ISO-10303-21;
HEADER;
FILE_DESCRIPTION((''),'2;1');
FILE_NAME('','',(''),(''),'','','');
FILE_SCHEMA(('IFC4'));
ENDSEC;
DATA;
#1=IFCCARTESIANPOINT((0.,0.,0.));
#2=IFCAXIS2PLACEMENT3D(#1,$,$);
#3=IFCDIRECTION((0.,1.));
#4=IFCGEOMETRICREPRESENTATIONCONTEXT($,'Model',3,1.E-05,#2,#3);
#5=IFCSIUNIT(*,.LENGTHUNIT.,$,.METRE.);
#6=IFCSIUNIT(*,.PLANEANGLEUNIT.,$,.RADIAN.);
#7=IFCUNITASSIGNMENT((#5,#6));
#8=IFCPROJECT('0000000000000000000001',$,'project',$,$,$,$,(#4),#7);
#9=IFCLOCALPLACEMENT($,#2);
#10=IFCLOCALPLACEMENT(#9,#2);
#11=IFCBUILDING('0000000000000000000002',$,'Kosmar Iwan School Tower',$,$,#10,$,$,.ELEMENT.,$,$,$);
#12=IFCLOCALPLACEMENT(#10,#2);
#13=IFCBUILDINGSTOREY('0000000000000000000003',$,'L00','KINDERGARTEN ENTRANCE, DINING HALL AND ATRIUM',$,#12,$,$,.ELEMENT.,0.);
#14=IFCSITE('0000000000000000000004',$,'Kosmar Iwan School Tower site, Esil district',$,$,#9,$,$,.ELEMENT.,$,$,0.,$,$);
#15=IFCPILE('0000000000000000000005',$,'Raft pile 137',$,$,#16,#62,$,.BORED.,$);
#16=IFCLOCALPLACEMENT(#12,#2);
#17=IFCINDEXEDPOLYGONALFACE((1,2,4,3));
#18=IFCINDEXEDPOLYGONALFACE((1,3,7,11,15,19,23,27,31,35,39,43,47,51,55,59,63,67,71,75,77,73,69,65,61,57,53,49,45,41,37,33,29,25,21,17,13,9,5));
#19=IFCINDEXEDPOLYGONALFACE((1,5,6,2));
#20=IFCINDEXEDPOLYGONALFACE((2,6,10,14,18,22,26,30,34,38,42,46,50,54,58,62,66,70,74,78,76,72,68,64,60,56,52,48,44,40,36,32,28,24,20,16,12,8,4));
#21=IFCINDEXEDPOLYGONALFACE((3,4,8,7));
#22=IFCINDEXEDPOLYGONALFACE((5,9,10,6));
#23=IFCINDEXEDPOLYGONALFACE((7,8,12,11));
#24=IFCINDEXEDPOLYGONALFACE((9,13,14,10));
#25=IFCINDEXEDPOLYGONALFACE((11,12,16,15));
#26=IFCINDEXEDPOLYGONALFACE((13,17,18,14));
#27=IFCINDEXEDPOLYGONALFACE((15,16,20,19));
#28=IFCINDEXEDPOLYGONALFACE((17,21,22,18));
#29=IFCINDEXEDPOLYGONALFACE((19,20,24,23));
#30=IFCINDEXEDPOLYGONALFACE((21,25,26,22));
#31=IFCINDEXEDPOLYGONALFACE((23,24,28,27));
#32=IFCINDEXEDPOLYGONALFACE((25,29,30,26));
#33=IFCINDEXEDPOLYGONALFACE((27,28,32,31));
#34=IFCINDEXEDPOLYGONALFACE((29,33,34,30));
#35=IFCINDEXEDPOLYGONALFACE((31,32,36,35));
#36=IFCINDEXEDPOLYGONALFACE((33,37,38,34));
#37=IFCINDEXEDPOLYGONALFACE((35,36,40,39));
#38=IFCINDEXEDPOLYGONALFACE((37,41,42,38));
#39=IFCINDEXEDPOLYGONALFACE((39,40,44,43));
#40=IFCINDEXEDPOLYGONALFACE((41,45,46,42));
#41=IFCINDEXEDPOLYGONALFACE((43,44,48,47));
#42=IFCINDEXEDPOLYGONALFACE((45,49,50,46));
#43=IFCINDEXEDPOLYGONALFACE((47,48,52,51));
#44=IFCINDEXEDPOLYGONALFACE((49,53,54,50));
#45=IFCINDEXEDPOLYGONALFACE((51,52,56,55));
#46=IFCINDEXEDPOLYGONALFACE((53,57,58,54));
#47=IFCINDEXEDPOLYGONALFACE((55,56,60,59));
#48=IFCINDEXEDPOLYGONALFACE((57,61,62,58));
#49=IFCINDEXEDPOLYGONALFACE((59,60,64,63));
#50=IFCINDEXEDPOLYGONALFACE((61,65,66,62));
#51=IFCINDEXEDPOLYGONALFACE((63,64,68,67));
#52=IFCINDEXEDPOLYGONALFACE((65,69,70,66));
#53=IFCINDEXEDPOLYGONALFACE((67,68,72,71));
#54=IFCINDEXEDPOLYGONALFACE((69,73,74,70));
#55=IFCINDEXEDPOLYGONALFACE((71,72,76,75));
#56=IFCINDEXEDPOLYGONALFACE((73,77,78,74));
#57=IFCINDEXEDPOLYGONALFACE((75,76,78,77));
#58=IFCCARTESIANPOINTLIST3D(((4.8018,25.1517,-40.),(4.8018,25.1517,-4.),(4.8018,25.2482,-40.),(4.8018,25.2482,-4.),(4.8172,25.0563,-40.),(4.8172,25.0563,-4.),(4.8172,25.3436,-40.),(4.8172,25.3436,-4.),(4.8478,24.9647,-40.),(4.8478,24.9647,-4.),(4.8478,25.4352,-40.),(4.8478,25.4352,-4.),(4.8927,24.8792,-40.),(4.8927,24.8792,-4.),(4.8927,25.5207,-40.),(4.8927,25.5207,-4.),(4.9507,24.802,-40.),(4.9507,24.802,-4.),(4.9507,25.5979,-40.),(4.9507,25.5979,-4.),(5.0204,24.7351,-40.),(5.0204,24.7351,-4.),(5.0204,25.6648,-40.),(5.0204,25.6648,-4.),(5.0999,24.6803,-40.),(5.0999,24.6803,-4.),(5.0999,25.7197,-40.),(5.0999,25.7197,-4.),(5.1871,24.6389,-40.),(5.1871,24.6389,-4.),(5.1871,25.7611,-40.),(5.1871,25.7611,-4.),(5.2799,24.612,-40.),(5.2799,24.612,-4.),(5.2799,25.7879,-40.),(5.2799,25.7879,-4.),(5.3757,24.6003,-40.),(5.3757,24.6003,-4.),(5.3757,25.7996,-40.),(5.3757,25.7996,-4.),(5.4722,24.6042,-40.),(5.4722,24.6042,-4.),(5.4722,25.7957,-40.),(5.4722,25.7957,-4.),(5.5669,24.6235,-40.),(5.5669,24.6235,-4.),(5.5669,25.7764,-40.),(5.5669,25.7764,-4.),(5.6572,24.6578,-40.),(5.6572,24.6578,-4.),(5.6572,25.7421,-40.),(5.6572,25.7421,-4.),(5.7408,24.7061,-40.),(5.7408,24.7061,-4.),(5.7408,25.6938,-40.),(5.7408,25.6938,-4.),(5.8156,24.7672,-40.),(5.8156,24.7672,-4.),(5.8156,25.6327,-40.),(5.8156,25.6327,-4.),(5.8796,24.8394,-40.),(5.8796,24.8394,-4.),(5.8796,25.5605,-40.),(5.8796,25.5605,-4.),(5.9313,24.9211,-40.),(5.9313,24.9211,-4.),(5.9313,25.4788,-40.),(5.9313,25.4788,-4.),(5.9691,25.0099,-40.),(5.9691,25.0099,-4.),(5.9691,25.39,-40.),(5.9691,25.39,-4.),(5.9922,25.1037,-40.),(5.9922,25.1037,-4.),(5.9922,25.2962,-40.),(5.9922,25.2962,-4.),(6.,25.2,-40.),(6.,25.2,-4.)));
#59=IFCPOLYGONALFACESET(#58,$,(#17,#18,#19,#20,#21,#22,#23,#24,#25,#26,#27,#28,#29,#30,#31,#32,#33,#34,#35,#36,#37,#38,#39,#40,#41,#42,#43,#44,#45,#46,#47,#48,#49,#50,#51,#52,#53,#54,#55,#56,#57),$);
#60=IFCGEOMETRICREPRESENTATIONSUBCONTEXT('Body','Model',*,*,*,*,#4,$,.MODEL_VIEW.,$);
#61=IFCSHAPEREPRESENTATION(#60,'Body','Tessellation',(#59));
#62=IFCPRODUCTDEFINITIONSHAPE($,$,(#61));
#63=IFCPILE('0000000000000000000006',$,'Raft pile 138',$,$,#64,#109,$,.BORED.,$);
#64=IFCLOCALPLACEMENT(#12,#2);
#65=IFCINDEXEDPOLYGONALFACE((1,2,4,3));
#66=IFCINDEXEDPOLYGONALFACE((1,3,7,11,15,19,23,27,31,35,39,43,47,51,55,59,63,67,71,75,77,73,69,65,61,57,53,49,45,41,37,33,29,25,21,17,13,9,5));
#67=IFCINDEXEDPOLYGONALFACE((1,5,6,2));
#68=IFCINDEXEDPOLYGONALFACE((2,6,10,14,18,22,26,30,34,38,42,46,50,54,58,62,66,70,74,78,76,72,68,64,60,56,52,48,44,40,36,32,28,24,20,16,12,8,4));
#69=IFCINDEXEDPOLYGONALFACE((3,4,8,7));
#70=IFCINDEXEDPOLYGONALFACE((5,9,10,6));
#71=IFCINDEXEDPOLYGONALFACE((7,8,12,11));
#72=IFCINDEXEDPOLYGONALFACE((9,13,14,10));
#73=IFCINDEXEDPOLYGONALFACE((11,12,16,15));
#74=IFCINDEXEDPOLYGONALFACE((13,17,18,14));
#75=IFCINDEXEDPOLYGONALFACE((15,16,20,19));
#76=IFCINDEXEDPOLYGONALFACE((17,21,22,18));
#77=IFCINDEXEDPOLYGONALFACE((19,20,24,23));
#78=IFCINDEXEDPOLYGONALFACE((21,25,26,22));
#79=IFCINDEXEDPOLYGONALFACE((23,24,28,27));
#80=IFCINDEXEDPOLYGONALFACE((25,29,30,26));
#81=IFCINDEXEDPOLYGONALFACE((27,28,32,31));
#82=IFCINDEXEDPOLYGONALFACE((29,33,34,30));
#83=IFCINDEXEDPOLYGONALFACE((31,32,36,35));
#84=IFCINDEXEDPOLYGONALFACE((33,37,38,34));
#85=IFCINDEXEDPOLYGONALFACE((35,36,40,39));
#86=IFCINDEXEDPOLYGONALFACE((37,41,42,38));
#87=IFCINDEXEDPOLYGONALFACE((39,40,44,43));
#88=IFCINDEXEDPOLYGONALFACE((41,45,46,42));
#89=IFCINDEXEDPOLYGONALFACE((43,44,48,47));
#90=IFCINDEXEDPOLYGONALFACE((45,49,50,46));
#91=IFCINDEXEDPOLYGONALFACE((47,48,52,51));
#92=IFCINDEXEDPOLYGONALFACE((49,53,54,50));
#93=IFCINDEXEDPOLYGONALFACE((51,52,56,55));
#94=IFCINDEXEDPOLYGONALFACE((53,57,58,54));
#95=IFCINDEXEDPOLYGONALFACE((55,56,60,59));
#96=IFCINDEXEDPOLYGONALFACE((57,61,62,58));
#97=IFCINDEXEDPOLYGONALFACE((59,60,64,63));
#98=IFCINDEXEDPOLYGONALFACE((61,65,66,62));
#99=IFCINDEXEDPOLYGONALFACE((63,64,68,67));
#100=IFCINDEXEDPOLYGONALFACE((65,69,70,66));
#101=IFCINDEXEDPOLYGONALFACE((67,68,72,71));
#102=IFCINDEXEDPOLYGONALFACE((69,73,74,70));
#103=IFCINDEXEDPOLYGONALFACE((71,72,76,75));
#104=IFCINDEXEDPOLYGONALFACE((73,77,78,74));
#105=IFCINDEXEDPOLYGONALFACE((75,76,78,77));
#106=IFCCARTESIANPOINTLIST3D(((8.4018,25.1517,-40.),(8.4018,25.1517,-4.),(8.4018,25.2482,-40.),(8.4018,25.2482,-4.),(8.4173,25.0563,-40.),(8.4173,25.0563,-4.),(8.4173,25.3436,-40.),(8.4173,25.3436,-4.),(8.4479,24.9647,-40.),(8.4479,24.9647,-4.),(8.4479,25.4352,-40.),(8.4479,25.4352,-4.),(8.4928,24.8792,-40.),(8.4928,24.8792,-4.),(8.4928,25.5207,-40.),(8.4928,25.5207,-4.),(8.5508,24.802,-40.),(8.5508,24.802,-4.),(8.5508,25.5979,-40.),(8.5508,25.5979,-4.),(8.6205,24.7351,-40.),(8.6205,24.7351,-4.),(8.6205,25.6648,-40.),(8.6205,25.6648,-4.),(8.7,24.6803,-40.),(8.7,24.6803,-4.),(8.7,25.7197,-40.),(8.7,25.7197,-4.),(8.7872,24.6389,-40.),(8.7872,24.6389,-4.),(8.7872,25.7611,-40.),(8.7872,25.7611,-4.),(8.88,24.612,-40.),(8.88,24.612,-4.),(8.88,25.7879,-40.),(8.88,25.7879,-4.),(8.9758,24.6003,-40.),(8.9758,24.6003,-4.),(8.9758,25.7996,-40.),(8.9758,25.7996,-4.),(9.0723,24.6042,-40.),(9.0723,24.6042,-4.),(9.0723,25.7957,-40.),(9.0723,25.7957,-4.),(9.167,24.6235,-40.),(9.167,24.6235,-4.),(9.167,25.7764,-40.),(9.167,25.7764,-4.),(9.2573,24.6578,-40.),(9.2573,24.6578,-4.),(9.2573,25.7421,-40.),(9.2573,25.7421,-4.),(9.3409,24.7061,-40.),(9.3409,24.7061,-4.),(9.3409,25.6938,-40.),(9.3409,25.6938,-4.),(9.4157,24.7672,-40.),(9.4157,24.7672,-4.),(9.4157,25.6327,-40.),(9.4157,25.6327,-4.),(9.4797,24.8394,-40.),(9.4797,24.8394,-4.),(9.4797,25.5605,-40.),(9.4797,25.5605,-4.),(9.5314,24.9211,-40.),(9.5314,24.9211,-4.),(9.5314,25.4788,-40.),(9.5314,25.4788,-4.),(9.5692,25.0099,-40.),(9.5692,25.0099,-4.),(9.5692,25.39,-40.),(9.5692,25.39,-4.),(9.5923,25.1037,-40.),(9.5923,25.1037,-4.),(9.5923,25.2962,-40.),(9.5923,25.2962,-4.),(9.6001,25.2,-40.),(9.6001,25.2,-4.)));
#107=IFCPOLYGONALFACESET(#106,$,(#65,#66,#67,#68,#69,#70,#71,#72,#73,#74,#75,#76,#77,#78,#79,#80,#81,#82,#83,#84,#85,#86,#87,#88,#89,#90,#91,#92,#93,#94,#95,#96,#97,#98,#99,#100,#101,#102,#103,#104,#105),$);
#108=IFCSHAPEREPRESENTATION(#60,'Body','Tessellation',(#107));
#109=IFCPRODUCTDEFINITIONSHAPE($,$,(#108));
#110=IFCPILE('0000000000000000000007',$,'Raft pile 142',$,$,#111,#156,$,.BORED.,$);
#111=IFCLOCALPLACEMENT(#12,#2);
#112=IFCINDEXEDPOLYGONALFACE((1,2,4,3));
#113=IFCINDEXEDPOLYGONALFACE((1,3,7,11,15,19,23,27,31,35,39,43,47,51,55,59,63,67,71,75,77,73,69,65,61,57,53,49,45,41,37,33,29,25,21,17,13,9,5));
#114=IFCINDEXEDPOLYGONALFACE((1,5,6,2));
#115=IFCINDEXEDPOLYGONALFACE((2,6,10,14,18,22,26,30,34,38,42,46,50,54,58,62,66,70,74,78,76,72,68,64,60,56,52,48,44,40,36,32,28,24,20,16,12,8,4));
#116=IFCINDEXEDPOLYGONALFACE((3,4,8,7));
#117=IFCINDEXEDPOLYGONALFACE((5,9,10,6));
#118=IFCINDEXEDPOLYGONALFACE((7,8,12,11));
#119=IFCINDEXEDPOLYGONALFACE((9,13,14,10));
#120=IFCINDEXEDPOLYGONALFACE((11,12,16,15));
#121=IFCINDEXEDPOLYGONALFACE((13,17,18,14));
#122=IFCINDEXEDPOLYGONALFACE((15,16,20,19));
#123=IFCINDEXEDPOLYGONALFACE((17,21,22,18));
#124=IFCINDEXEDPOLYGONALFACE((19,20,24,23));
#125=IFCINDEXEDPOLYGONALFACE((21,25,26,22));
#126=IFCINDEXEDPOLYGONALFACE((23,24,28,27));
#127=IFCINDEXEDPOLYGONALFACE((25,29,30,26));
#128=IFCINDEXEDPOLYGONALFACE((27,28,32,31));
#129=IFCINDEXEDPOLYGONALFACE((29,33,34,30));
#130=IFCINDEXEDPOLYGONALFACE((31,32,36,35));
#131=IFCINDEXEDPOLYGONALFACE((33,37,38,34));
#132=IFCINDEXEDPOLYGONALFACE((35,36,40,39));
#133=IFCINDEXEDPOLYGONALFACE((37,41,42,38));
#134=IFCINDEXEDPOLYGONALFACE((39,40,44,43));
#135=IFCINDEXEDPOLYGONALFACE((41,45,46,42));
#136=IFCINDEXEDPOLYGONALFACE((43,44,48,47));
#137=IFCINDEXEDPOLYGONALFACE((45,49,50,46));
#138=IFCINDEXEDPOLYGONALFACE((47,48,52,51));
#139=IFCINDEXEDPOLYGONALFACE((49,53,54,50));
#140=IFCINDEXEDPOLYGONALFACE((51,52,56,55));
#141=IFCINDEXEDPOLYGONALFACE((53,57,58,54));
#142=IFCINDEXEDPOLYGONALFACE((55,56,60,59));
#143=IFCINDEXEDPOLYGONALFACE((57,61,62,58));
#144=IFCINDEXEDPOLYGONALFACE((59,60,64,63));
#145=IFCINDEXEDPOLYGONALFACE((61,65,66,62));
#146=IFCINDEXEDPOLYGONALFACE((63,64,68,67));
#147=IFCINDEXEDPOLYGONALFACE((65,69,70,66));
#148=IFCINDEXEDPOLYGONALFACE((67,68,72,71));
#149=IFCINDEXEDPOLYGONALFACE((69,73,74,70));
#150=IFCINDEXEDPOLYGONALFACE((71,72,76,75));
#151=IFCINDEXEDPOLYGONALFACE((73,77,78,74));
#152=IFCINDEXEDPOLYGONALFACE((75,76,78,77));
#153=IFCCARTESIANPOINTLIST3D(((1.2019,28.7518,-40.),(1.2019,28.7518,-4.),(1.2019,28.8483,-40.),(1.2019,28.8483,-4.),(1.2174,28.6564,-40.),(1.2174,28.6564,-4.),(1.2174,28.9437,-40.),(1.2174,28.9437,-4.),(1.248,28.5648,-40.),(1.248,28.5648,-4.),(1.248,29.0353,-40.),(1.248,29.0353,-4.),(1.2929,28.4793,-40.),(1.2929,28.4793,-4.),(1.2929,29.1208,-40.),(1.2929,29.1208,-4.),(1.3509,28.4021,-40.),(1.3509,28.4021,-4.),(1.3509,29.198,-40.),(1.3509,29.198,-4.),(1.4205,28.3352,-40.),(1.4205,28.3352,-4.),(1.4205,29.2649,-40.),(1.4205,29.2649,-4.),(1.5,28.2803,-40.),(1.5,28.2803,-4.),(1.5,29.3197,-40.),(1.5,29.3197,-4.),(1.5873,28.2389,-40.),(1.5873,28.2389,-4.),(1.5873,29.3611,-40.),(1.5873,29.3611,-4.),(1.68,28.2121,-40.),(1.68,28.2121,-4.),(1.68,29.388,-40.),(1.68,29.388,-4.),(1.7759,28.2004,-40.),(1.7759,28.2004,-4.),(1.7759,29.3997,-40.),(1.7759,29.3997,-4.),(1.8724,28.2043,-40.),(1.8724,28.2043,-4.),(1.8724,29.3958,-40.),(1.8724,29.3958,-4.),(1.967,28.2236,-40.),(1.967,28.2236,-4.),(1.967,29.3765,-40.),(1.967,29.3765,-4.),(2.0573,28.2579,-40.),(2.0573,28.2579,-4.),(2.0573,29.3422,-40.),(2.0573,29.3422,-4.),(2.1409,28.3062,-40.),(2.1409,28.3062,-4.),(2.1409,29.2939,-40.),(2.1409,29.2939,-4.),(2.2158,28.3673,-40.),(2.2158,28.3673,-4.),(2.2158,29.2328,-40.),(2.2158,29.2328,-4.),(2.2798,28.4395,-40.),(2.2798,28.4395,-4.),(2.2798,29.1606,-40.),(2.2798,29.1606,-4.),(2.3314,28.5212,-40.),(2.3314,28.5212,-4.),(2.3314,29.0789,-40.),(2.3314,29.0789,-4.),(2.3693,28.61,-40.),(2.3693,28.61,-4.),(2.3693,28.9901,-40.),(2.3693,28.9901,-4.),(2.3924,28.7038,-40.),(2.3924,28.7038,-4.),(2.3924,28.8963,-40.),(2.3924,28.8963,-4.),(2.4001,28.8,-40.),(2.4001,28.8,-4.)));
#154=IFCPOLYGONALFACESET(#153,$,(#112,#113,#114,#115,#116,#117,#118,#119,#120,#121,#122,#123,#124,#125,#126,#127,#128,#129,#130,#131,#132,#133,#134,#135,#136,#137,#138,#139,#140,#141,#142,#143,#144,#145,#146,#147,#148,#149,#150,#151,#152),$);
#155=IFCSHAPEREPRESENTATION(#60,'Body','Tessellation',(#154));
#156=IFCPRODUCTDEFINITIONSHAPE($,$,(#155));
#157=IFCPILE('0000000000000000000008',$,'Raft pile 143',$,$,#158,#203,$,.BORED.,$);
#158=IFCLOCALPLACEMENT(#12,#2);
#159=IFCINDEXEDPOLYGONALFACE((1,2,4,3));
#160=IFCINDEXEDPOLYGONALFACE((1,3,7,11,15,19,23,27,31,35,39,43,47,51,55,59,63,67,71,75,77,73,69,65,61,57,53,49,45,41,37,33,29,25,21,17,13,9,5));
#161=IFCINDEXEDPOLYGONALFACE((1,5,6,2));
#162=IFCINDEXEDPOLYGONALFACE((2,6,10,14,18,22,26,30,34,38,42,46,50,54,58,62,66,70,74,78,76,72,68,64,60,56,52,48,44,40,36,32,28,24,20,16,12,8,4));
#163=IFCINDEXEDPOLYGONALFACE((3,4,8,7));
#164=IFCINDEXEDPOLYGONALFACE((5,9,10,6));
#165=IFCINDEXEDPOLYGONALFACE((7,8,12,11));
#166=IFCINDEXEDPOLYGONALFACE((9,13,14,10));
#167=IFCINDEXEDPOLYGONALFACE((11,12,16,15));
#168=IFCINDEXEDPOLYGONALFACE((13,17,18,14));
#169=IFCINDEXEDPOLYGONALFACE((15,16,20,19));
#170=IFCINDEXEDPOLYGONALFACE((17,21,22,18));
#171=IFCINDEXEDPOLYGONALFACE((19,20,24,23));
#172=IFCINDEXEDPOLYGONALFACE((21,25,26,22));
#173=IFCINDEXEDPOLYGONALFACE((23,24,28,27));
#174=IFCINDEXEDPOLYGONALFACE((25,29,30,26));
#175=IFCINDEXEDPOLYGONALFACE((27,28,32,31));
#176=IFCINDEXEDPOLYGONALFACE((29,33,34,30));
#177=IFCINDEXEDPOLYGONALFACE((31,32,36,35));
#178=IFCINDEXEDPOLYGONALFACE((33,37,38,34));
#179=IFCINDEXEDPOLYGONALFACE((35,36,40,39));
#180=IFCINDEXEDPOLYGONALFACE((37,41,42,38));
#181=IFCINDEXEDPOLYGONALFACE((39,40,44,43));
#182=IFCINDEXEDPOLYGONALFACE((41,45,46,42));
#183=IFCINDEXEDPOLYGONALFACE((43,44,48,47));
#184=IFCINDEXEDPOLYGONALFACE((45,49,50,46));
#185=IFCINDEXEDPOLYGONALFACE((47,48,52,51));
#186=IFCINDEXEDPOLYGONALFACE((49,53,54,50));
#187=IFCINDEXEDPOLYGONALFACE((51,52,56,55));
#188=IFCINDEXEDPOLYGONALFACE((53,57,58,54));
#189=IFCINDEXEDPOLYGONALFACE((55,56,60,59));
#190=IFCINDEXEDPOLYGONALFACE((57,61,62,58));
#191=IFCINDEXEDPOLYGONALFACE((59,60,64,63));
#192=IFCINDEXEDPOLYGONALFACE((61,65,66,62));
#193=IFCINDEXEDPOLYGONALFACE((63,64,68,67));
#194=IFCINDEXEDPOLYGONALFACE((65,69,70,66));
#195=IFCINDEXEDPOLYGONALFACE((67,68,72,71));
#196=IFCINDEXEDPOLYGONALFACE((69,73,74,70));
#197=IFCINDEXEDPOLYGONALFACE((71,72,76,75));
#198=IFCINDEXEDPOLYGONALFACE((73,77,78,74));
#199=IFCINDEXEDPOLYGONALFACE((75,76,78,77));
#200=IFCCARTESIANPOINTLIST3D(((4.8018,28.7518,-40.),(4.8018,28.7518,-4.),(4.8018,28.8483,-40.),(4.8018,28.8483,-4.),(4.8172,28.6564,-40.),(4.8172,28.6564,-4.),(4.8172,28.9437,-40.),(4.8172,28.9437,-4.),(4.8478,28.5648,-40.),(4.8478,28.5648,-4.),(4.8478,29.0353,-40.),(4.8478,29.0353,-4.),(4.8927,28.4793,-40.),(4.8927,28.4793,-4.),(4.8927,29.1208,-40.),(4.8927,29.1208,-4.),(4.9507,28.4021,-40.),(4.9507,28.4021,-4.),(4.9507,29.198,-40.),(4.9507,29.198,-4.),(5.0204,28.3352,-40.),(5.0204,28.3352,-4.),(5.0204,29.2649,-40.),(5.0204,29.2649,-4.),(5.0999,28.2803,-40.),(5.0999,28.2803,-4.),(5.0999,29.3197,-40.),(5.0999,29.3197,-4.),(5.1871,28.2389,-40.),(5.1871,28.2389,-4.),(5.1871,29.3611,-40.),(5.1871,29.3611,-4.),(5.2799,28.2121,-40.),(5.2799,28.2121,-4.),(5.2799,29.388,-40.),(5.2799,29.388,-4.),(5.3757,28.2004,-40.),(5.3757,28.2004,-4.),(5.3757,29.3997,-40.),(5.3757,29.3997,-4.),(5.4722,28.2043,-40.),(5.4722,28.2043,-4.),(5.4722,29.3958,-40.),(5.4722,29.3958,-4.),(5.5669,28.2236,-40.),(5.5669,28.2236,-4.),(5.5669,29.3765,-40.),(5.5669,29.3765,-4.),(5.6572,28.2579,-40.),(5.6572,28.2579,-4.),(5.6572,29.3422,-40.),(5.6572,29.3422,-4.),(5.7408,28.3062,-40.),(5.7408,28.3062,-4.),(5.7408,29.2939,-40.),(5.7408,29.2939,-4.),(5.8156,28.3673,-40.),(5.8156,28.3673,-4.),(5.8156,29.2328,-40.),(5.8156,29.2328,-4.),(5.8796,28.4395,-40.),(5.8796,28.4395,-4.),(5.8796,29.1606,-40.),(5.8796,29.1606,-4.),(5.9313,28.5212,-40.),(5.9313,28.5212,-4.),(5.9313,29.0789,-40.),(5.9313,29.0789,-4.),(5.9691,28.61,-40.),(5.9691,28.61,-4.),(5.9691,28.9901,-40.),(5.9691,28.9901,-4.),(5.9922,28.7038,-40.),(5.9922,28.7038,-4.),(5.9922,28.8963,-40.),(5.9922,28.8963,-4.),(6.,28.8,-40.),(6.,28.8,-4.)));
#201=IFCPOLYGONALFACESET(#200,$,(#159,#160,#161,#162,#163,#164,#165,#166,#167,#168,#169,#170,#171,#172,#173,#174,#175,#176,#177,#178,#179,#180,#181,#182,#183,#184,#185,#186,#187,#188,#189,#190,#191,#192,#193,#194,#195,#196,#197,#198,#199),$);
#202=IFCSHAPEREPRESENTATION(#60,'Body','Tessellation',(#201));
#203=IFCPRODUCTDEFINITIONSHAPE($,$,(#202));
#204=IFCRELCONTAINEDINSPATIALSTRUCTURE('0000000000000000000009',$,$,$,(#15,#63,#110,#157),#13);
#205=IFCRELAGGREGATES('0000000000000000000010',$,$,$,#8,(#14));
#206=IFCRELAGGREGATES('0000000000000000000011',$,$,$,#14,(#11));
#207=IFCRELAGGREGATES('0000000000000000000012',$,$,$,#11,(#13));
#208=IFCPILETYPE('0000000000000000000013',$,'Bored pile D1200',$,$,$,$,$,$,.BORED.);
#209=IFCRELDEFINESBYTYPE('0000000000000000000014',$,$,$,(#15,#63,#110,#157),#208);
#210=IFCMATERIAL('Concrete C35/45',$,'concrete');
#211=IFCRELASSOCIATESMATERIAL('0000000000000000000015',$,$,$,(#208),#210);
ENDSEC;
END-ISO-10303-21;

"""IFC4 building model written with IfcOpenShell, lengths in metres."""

from ifc_helpers import new_model, si_unit, direction, frame, origin, origin_2d, place, context, subcontext, project, spatial, circle, extrude, material, material_profile, profile_set, type_object, element, save


model = new_model("IFC4")

# Units and contexts
model_context = context("Model", 3, precision=1e-05, world=origin(), true_north=direction((0.0, 1.0)))
body_context = subcontext(model_context, "Body", "Model", "MODEL_VIEW")
ifc_project = project(units=[si_unit("LENGTHUNIT", "METRE"), si_unit("PLANEANGLEUNIT", "RADIAN")], contexts=[model_context])

# Site, building, storey
site_placement = place(None, origin())
site = spatial("IfcSite", under=ifc_project, at=site_placement, Name="Kosmar Iwan School Tower site, Esil district", CompositionType="ELEMENT", RefElevation=0.0)
building_placement = place(site_placement, origin())
building = spatial("IfcBuilding", under=site, at=building_placement, Name="Kosmar Iwan School Tower", CompositionType="ELEMENT")
storey_placement = place(building_placement, origin())
storey = spatial("IfcBuildingStorey", under=building, at=storey_placement, Name="L00", Description="KINDERGARTEN ENTRANCE, DINING HALL AND ATRIUM", CompositionType="ELEMENT", Elevation=0.0)

# Piles
ifc_material_1 = material(Name="Concrete C35/45", Category="concrete")
ifc_material_profile_1 = material_profile(ifc_material_1, circle(Radius=0.6001, at=origin_2d()), Name="D1200")
ifc_profile_set_1 = profile_set([ifc_material_profile_1], Name="Concrete C35/45")
pile_type = type_object("IfcPileType", Name="Bored pile D1200", PredefinedType="BORED", material=ifc_profile_set_1)
for number, where, z_axis, x_axis, name in (
    (1, (5.3999, 25.2, -4.0), (0.0, 0.0, -1.0), (1.0, 0.0, 0.0), "Raft pile 137"),
    (2, (9.0, 25.2, -4.0), (0.0, 0.0, -1.0), (1.0, 0.0, 0.0), "Raft pile 138"),
    (3, (1.8, 28.8, -4.0), (0.0, 0.0, -1.0), (1.0, 0.0, 0.0), "Raft pile 142"),
    (4, (5.3999, 28.8, -4.0), (0.0, 0.0, -1.0), (1.0, 0.0, 0.0), "Raft pile 143"),
):
    element("IfcPile", number, at=place(storey_placement, frame(where, z_axis=z_axis, x_axis=x_axis)), inside=storey, type_object=pile_type, Name=name, PredefinedType="BORED", context=body_context, shape_type="SweptSolid", body=[
        extrude(circle(Radius=0.6001, at=origin_2d()), origin(), (0.0, 0.0, 1.0), 36.0),
    ])

save(model, "model.ifc")
